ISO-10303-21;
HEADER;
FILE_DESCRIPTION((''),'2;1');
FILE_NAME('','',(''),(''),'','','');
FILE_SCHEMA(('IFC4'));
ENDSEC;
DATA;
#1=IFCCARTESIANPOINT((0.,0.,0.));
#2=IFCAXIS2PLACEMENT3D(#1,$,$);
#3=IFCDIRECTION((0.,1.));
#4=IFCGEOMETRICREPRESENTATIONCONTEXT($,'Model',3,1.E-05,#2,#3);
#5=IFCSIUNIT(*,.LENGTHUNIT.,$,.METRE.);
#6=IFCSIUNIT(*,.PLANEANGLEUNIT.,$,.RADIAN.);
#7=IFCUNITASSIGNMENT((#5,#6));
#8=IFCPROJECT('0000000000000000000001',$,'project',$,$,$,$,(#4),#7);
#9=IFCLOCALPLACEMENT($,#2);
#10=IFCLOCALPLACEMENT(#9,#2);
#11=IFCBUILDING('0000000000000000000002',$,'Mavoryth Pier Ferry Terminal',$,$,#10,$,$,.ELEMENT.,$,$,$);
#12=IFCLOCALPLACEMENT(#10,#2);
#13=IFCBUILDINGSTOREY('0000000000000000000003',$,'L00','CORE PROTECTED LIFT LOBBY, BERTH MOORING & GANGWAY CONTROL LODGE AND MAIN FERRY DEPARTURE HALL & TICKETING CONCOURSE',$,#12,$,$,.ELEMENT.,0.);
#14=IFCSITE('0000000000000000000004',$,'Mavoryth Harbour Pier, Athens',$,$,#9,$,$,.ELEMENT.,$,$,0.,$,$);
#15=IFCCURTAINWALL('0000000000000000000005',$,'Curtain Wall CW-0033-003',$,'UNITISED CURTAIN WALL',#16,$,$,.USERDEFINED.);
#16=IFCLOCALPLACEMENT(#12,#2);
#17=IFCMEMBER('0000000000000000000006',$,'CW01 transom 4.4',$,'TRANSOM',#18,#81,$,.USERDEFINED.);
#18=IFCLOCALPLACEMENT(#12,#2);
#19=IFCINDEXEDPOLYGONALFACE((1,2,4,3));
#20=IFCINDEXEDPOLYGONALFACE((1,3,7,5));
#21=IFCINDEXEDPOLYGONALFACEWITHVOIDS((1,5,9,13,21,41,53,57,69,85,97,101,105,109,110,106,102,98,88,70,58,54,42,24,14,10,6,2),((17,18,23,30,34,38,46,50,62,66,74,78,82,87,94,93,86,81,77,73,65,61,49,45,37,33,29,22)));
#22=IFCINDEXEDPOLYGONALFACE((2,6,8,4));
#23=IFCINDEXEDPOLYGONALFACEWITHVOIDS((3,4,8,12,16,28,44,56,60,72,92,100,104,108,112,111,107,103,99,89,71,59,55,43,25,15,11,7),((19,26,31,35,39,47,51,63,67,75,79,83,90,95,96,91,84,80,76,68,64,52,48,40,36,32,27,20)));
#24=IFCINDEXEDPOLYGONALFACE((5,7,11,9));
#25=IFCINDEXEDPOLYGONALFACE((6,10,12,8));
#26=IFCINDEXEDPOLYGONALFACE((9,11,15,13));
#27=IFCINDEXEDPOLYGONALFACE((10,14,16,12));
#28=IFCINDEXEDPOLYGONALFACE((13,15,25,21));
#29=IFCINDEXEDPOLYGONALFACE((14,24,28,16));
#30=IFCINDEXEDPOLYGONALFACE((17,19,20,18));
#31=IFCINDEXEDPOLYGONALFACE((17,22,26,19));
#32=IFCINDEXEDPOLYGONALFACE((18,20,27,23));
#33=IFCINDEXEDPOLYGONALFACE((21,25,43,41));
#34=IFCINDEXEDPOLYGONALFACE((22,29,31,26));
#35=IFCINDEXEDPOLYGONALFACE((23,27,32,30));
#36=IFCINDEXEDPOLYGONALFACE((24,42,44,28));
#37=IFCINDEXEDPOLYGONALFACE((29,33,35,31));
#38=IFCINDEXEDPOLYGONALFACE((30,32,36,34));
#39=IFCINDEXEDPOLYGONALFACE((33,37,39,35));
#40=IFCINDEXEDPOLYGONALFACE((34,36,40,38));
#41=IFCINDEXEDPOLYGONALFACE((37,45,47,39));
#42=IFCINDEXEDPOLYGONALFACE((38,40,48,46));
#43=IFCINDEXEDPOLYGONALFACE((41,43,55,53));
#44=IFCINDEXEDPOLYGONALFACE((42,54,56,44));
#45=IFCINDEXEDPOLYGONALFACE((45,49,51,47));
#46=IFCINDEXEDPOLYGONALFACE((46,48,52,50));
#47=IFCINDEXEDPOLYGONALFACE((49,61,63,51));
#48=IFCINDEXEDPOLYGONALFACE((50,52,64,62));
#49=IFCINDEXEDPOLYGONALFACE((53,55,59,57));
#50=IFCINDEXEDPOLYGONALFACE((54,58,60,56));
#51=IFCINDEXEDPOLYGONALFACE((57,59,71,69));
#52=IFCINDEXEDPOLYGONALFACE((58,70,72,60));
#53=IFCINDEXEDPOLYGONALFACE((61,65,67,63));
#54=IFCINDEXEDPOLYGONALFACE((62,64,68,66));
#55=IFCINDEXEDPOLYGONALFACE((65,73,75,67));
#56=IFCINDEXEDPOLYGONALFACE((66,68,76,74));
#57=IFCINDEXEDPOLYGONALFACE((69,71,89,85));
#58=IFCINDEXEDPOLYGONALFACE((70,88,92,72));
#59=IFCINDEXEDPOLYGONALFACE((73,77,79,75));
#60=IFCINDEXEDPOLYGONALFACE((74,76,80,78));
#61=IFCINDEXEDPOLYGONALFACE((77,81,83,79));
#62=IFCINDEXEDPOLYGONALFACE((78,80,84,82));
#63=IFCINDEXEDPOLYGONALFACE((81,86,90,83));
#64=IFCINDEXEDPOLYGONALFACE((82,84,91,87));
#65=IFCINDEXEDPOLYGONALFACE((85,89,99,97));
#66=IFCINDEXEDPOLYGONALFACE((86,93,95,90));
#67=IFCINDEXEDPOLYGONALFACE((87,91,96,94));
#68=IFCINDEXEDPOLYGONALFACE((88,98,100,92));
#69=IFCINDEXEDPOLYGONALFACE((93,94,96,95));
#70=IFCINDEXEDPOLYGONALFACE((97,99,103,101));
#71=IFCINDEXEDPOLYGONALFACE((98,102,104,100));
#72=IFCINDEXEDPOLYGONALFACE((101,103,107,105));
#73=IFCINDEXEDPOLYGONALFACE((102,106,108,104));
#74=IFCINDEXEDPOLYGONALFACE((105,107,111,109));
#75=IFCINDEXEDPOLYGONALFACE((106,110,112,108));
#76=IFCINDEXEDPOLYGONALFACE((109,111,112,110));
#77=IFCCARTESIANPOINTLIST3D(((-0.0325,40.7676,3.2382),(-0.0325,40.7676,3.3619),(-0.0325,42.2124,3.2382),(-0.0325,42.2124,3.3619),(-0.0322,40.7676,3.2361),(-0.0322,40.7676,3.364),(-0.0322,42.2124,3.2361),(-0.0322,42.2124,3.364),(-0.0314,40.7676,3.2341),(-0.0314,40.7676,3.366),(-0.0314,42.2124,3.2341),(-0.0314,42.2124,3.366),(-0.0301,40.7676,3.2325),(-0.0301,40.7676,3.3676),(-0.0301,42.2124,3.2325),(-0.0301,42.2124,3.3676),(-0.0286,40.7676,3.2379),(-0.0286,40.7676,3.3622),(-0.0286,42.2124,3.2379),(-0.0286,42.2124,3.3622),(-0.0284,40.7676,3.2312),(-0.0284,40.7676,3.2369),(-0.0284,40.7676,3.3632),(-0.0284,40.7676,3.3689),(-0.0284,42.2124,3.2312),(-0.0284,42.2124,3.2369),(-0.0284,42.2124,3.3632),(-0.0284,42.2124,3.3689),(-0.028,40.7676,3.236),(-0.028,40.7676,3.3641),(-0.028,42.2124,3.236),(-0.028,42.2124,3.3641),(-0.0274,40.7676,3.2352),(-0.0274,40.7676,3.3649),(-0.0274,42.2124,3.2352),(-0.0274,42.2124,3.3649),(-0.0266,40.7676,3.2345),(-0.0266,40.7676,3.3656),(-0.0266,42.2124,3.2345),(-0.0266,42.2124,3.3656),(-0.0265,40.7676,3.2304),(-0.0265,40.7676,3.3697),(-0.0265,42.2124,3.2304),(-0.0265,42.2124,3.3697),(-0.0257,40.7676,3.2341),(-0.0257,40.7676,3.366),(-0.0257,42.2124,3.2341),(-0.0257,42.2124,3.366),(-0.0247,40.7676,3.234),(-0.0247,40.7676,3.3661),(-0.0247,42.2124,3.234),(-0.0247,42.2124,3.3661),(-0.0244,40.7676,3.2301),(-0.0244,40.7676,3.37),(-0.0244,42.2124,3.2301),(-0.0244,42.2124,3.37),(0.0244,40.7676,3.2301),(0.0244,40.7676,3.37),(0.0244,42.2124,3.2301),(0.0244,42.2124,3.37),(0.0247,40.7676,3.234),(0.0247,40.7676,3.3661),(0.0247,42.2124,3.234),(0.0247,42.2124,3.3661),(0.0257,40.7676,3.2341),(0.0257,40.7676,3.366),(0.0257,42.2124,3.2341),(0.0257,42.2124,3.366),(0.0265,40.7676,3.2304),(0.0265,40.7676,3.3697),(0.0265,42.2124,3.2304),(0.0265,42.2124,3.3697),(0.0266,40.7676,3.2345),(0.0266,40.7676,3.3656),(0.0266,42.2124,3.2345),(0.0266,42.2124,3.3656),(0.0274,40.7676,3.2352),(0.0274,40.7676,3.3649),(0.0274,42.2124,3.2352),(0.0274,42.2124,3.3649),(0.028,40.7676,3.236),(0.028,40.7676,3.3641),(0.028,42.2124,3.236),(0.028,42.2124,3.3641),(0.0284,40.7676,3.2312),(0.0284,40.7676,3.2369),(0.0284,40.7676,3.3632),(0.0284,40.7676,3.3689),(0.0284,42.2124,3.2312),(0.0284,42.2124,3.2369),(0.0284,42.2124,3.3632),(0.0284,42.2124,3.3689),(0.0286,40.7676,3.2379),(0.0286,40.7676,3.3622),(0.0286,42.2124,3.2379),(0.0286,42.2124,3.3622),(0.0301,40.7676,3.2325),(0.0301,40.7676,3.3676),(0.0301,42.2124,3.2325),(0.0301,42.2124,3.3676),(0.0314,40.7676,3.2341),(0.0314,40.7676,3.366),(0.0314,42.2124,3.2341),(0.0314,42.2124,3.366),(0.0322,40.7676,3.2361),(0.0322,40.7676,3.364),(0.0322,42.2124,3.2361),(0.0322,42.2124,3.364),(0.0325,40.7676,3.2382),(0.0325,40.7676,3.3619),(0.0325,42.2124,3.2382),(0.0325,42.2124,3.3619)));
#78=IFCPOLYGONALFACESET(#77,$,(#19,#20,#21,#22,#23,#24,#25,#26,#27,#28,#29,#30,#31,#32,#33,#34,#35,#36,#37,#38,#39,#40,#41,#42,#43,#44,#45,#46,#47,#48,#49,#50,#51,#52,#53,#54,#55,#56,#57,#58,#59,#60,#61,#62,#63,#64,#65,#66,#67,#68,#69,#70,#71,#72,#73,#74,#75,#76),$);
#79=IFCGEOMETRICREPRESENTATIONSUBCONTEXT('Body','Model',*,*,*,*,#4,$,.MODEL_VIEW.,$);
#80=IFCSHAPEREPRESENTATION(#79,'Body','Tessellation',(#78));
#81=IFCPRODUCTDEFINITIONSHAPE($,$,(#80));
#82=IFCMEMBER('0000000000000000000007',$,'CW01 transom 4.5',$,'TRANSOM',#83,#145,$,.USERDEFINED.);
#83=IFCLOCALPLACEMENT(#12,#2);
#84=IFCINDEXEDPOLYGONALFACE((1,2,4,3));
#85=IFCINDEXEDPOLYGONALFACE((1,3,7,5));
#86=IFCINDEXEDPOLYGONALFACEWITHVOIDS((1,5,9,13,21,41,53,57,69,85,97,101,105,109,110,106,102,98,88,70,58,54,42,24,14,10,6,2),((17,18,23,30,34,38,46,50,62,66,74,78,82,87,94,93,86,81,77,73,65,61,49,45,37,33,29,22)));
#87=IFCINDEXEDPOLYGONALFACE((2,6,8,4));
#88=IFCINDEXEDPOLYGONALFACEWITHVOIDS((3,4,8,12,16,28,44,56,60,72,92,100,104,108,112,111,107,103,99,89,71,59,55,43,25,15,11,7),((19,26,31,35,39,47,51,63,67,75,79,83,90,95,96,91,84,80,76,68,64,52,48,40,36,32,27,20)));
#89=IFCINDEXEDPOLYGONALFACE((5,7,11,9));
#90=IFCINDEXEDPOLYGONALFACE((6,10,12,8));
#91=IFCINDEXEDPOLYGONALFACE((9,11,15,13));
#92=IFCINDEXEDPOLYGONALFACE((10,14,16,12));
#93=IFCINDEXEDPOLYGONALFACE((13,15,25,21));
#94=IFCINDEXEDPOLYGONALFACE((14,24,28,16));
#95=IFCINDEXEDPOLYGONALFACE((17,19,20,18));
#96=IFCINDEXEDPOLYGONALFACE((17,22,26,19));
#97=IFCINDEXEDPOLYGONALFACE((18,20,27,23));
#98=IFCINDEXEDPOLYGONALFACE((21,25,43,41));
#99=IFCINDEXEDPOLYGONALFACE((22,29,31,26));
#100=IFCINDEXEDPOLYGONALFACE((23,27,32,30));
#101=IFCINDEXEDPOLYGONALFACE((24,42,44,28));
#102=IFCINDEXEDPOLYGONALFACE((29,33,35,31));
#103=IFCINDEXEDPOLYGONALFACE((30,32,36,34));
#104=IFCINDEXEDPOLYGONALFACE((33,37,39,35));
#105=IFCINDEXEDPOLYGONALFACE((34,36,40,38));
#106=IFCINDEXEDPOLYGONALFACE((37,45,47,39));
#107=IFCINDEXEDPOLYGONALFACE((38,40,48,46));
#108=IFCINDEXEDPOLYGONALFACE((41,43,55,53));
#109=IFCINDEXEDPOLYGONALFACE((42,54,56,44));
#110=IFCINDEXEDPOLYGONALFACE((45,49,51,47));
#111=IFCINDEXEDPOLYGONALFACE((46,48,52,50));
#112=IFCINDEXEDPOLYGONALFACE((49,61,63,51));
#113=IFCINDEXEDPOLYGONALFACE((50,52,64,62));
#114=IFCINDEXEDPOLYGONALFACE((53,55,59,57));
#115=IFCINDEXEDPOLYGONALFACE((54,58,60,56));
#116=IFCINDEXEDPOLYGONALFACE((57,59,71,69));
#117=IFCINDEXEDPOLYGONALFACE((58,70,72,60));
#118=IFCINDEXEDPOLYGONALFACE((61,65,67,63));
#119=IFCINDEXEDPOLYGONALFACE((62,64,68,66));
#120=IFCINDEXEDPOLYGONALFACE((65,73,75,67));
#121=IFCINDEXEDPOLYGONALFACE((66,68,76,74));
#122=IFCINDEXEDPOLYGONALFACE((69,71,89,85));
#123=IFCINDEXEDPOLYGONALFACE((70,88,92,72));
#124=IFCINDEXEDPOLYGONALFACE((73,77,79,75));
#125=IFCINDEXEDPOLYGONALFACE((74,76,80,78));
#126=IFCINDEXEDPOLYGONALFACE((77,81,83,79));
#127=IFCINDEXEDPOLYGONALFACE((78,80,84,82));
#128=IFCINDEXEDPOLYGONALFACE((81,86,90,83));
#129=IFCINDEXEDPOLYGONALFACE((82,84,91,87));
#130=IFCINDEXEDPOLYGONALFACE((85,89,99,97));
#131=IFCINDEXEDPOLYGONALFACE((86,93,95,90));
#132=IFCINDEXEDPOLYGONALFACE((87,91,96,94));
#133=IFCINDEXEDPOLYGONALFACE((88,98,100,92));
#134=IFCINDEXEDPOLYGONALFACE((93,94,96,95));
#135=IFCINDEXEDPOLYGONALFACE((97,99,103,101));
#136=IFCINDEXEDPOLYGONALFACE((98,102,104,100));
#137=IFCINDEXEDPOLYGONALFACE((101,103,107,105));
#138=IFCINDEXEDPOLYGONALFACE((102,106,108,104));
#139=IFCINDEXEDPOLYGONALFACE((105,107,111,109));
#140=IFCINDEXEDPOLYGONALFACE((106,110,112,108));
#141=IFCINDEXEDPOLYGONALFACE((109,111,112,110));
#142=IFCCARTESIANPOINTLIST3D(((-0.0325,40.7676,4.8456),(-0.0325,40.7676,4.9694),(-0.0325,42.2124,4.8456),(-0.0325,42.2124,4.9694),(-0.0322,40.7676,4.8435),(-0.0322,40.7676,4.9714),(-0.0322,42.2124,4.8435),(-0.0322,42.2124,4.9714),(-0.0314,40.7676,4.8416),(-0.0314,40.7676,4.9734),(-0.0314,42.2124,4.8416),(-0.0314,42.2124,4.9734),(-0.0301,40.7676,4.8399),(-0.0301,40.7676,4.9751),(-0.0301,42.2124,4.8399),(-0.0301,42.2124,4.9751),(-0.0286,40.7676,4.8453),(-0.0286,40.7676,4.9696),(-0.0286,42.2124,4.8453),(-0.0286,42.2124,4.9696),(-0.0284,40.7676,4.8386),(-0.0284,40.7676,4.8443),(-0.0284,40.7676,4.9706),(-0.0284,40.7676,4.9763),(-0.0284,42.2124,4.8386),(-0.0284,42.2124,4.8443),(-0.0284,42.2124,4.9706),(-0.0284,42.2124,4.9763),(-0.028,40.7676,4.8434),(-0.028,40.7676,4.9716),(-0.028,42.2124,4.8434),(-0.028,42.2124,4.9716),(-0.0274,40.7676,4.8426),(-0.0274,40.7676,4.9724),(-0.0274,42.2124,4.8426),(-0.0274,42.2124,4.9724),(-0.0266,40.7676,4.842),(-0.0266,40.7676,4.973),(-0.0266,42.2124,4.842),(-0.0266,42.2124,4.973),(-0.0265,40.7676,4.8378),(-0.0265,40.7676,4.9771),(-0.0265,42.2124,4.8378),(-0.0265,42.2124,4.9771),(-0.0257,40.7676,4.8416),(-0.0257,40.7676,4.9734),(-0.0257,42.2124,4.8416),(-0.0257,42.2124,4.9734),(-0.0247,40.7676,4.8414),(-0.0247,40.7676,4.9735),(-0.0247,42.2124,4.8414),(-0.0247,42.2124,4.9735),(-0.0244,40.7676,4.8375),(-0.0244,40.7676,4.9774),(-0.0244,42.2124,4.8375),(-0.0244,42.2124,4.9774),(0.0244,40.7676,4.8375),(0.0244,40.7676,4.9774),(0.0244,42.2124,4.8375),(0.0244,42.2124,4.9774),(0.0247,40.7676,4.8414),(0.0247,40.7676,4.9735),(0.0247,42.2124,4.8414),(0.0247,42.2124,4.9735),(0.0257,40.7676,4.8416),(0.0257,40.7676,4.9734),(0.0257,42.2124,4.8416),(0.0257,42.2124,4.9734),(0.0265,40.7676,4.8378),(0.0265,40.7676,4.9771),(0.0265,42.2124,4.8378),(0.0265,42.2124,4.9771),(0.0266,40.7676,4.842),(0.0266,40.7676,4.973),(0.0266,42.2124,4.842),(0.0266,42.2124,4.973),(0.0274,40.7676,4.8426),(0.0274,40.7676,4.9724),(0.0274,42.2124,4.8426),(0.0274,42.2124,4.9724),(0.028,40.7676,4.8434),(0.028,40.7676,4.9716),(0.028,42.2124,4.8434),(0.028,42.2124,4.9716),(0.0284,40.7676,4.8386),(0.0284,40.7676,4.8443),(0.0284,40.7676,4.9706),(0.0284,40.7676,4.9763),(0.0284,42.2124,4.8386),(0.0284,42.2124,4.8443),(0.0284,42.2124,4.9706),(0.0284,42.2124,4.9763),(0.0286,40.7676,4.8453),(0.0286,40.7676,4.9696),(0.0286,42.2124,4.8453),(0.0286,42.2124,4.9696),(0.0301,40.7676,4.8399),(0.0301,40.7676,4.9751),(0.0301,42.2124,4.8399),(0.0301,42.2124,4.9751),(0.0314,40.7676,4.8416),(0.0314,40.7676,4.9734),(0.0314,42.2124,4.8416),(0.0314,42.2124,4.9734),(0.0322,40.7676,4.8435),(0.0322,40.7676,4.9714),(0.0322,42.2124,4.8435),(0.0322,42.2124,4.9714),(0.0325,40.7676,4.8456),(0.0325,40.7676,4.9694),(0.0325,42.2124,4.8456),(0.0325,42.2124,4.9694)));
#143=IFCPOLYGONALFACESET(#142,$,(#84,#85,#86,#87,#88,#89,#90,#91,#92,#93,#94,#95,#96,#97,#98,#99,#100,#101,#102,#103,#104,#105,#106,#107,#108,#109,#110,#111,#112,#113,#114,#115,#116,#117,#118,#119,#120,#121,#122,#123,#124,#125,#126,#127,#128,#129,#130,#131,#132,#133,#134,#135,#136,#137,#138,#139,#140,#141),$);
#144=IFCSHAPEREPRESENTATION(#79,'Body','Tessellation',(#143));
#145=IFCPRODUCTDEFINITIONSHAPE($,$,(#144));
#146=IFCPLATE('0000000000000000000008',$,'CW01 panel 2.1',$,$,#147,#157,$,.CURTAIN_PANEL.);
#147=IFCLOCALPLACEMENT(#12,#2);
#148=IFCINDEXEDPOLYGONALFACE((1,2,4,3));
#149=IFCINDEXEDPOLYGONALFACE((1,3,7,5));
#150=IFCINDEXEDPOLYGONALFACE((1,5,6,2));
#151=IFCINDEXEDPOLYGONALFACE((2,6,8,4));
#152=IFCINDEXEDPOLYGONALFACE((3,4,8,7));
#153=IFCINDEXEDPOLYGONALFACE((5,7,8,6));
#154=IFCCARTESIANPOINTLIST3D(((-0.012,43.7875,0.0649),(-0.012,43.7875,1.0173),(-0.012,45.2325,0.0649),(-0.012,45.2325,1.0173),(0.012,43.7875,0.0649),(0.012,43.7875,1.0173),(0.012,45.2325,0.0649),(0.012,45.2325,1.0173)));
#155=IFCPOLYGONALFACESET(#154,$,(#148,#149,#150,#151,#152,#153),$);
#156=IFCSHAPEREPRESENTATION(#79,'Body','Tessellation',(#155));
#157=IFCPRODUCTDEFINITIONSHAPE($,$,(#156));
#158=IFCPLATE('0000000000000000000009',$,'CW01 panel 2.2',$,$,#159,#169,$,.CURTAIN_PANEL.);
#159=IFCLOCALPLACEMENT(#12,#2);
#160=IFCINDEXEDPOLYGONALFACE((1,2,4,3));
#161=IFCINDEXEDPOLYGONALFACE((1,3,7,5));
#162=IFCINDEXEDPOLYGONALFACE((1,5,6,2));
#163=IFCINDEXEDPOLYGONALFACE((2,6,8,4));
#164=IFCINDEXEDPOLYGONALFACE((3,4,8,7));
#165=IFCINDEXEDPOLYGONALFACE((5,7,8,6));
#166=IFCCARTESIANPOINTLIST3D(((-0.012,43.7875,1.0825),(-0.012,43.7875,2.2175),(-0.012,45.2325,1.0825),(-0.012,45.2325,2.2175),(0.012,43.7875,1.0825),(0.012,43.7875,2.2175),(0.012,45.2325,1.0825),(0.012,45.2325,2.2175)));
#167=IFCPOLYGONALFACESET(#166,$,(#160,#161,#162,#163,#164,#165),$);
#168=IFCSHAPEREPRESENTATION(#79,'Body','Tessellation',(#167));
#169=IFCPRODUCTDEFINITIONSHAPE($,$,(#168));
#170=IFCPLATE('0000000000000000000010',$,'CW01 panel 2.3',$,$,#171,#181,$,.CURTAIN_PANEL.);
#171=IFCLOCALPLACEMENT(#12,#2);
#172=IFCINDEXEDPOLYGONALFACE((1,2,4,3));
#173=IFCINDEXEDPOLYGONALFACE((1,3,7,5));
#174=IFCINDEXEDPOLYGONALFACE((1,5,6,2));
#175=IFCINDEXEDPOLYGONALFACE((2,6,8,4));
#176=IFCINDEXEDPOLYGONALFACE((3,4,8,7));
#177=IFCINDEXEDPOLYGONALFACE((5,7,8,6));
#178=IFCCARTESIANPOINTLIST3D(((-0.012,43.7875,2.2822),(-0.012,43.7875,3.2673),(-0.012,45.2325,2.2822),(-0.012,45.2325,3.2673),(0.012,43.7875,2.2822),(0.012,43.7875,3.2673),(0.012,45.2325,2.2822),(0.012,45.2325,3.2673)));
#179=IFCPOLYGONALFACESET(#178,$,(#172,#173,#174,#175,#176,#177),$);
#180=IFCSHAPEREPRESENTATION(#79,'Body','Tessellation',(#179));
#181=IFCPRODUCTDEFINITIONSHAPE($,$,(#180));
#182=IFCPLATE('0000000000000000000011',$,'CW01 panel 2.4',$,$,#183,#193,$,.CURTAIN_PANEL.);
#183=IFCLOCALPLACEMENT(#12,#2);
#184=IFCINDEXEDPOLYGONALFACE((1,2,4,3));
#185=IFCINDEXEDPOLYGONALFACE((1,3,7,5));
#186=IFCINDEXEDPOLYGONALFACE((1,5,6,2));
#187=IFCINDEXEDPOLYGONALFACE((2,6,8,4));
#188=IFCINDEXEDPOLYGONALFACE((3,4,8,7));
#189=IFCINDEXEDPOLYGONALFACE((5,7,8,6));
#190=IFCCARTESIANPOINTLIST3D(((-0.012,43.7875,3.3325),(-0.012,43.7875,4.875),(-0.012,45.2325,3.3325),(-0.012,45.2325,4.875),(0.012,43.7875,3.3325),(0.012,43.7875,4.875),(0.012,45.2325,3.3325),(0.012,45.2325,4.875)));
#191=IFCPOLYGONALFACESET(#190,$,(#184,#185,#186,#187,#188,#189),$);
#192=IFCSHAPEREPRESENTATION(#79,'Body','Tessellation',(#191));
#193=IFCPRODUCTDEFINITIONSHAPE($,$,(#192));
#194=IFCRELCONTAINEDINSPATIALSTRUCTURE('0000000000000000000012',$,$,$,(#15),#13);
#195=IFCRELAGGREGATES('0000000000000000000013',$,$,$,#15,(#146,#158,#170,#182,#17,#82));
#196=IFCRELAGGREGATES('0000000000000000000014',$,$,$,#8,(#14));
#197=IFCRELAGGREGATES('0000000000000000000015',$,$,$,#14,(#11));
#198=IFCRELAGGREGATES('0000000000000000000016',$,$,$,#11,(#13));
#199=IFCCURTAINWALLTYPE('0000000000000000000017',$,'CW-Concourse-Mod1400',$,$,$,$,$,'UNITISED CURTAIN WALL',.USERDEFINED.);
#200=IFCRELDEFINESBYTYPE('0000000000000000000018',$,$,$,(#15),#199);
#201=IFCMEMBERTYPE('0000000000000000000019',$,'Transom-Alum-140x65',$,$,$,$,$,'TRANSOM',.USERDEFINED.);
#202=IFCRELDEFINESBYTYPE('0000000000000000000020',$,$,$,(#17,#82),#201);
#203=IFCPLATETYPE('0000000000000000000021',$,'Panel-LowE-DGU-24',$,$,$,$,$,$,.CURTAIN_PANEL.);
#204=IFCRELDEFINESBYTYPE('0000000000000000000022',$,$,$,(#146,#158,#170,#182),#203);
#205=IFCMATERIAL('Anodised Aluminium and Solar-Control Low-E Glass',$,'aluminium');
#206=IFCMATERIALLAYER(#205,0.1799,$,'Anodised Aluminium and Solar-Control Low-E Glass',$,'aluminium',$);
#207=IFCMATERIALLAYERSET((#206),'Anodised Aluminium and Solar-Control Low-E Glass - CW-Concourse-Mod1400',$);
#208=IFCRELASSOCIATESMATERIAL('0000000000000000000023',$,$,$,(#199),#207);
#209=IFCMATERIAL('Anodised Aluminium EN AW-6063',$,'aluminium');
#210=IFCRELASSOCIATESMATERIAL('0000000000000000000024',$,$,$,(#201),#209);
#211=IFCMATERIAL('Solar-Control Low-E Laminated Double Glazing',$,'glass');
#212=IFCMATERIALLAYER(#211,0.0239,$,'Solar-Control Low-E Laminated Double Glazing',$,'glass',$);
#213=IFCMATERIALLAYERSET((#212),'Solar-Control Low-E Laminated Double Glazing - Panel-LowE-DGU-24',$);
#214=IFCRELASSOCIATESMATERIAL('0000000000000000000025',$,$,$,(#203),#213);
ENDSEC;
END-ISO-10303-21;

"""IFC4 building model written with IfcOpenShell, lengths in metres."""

from ifc_helpers import new_model, si_unit, direction, frame, origin, origin_2d, place, context, subcontext, project, spatial, rectangle, hollow_rectangle, extrude, material, layer, layer_set, material_profile, profile_set, type_object, element, aggregate, save


model = new_model("IFC4")

# Units and contexts
model_context = context("Model", 3, precision=1e-05, world=origin(), true_north=direction((0.0, 1.0)))
body_context = subcontext(model_context, "Body", "Model", "MODEL_VIEW")
ifc_project = project(units=[si_unit("LENGTHUNIT", "METRE"), si_unit("PLANEANGLEUNIT", "RADIAN")], contexts=[model_context])

# Site, building, storey
site_placement = place(None, origin())
site = spatial("IfcSite", under=ifc_project, at=site_placement, Name="Mavoryth Harbour Pier, Athens", CompositionType="ELEMENT", RefElevation=0.0)
building_placement = place(site_placement, origin())
building = spatial("IfcBuilding", under=site, at=building_placement, Name="Mavoryth Pier Ferry Terminal", CompositionType="ELEMENT")
storey_placement = place(building_placement, origin())
storey = spatial("IfcBuildingStorey", under=building, at=storey_placement, Name="L00", Description="CORE PROTECTED LIFT LOBBY, BERTH MOORING & GANGWAY CONTROL LODGE AND MAIN FERRY DEPARTURE HALL & TICKETING CONCOURSE", CompositionType="ELEMENT", Elevation=0.0)

# Curtain wall, members, plates
ifc_material_1 = material(Name="Anodised Aluminium and Solar-Control Low-E Glass", Category="aluminium")
ifc_layer_1 = layer(ifc_material_1, 0.1799, Name="Anodised Aluminium and Solar-Control Low-E Glass", Category="aluminium")
ifc_layer_set_1 = layer_set([ifc_layer_1], Name="Anodised Aluminium and Solar-Control Low-E Glass - CW-Concourse-Mod1400")
curtain_wall_type = type_object("IfcCurtainWallType", Name="CW-Concourse-Mod1400", ElementType="UNITISED CURTAIN WALL", PredefinedType="USERDEFINED", material=ifc_layer_set_1)
curtain_wall_placement = place(storey_placement, origin())
curtain_wall = element("IfcCurtainWall", 1, at=curtain_wall_placement, inside=storey, type_object=curtain_wall_type, Name="Curtain Wall CW-0033-003", ObjectType="UNITISED CURTAIN WALL", PredefinedType="USERDEFINED")
ifc_material_2 = material(Name="Anodised Aluminium EN AW-6063", Category="aluminium")
ifc_material_profile_1 = material_profile(ifc_material_2, hollow_rectangle(XDim=0.0649, YDim=0.1399, WallThickness=0.0039, InnerFilletRadius=0.0039, OuterFilletRadius=0.0081, at=origin_2d()), Name="AL-TRAN 140x65x4", Category="aluminium")
ifc_profile_set_1 = profile_set([ifc_material_profile_1], Name="Anodised Aluminium EN AW-6063 - AL-TRAN 140x65x4")
member_type_1 = type_object("IfcMemberType", Name="Transom-Alum-140x65", ElementType="TRANSOM", PredefinedType="USERDEFINED", material=ifc_profile_set_1)
member_1_placement = place(storey_placement, frame((0.0, 42.2124, 3.3), z_axis=(0.0, -1.0, 0.0), x_axis=(1.0, 0.0, 0.0)))
member_1 = element("IfcMember", 2, at=member_1_placement, type_object=member_type_1, Name="CW01 transom 4.4", ObjectType="TRANSOM", PredefinedType="USERDEFINED", context=body_context, shape_type="SweptSolid", body=[
    extrude(hollow_rectangle(XDim=0.0649, YDim=0.1399, WallThickness=0.0039, InnerFilletRadius=0.0039, OuterFilletRadius=0.0081, at=origin_2d()), origin(), (0.0, 0.0, 1.0), 1.4448),
])
member_2_placement = place(storey_placement, frame((0.0, 42.2124, 4.9075), z_axis=(0.0, -1.0, 0.0), x_axis=(1.0, 0.0, 0.0)))
member_2 = element("IfcMember", 3, at=member_2_placement, type_object=member_type_1, Name="CW01 transom 4.5", ObjectType="TRANSOM", PredefinedType="USERDEFINED", context=body_context, shape_type="SweptSolid", body=[
    extrude(hollow_rectangle(XDim=0.0649, YDim=0.1399, WallThickness=0.0039, InnerFilletRadius=0.0039, OuterFilletRadius=0.0081, at=origin_2d()), origin(), (0.0, 0.0, 1.0), 1.4448),
])
ifc_material_3 = material(Name="Solar-Control Low-E Laminated Double Glazing", Category="glass")
ifc_layer_2 = layer(ifc_material_3, 0.0239, Name="Solar-Control Low-E Laminated Double Glazing", Category="glass")
ifc_layer_set_2 = layer_set([ifc_layer_2], Name="Solar-Control Low-E Laminated Double Glazing - Panel-LowE-DGU-24")
plate_type = type_object("IfcPlateType", Name="Panel-LowE-DGU-24", PredefinedType="CURTAIN_PANEL", material=ifc_layer_set_2)
plate_1_placement = place(storey_placement, frame((0.0, 44.51, 0.0649), z_axis=(0.0, 0.0, 1.0), x_axis=(0.0, -1.0, 0.0)))
plate_1 = element("IfcPlate", 4, at=plate_1_placement, type_object=plate_type, Name="CW01 panel 2.1", PredefinedType="CURTAIN_PANEL", context=body_context, shape_type="SweptSolid", body=[
    extrude(rectangle(XDim=1.4451, YDim=0.0239, at=origin_2d()), origin(), (0.0, 0.0, 1.0), 0.9524),
])
plate_2_placement = place(storey_placement, frame((0.0, 44.51, 1.0825), z_axis=(0.0, 0.0, 1.0), x_axis=(0.0, -1.0, 0.0)))
plate_2 = element("IfcPlate", 5, at=plate_2_placement, type_object=plate_type, Name="CW01 panel 2.2", PredefinedType="CURTAIN_PANEL", context=body_context, shape_type="SweptSolid", body=[
    extrude(rectangle(XDim=1.4451, YDim=0.0239, at=origin_2d()), origin(), (0.0, 0.0, 1.0), 1.135),
])
plate_3_placement = place(storey_placement, frame((0.0, 44.51, 2.2822), z_axis=(0.0, 0.0, 1.0), x_axis=(0.0, -1.0, 0.0)))
plate_3 = element("IfcPlate", 6, at=plate_3_placement, type_object=plate_type, Name="CW01 panel 2.3", PredefinedType="CURTAIN_PANEL", context=body_context, shape_type="SweptSolid", body=[
    extrude(rectangle(XDim=1.4451, YDim=0.0239, at=origin_2d()), origin(), (0.0, 0.0, 1.0), 0.9851),
])
plate_4_placement = place(storey_placement, frame((0.0, 44.51, 3.3325), z_axis=(0.0, 0.0, 1.0), x_axis=(0.0, -1.0, 0.0)))
plate_4 = element("IfcPlate", 7, at=plate_4_placement, type_object=plate_type, Name="CW01 panel 2.4", PredefinedType="CURTAIN_PANEL", context=body_context, shape_type="SweptSolid", body=[
    extrude(rectangle(XDim=1.4451, YDim=0.0239, at=origin_2d()), origin(), (0.0, 0.0, 1.0), 1.5425),
])
aggregate(curtain_wall, [plate_1, plate_2, plate_3, plate_4, member_1, member_2])

save(model, "model.ifc")
